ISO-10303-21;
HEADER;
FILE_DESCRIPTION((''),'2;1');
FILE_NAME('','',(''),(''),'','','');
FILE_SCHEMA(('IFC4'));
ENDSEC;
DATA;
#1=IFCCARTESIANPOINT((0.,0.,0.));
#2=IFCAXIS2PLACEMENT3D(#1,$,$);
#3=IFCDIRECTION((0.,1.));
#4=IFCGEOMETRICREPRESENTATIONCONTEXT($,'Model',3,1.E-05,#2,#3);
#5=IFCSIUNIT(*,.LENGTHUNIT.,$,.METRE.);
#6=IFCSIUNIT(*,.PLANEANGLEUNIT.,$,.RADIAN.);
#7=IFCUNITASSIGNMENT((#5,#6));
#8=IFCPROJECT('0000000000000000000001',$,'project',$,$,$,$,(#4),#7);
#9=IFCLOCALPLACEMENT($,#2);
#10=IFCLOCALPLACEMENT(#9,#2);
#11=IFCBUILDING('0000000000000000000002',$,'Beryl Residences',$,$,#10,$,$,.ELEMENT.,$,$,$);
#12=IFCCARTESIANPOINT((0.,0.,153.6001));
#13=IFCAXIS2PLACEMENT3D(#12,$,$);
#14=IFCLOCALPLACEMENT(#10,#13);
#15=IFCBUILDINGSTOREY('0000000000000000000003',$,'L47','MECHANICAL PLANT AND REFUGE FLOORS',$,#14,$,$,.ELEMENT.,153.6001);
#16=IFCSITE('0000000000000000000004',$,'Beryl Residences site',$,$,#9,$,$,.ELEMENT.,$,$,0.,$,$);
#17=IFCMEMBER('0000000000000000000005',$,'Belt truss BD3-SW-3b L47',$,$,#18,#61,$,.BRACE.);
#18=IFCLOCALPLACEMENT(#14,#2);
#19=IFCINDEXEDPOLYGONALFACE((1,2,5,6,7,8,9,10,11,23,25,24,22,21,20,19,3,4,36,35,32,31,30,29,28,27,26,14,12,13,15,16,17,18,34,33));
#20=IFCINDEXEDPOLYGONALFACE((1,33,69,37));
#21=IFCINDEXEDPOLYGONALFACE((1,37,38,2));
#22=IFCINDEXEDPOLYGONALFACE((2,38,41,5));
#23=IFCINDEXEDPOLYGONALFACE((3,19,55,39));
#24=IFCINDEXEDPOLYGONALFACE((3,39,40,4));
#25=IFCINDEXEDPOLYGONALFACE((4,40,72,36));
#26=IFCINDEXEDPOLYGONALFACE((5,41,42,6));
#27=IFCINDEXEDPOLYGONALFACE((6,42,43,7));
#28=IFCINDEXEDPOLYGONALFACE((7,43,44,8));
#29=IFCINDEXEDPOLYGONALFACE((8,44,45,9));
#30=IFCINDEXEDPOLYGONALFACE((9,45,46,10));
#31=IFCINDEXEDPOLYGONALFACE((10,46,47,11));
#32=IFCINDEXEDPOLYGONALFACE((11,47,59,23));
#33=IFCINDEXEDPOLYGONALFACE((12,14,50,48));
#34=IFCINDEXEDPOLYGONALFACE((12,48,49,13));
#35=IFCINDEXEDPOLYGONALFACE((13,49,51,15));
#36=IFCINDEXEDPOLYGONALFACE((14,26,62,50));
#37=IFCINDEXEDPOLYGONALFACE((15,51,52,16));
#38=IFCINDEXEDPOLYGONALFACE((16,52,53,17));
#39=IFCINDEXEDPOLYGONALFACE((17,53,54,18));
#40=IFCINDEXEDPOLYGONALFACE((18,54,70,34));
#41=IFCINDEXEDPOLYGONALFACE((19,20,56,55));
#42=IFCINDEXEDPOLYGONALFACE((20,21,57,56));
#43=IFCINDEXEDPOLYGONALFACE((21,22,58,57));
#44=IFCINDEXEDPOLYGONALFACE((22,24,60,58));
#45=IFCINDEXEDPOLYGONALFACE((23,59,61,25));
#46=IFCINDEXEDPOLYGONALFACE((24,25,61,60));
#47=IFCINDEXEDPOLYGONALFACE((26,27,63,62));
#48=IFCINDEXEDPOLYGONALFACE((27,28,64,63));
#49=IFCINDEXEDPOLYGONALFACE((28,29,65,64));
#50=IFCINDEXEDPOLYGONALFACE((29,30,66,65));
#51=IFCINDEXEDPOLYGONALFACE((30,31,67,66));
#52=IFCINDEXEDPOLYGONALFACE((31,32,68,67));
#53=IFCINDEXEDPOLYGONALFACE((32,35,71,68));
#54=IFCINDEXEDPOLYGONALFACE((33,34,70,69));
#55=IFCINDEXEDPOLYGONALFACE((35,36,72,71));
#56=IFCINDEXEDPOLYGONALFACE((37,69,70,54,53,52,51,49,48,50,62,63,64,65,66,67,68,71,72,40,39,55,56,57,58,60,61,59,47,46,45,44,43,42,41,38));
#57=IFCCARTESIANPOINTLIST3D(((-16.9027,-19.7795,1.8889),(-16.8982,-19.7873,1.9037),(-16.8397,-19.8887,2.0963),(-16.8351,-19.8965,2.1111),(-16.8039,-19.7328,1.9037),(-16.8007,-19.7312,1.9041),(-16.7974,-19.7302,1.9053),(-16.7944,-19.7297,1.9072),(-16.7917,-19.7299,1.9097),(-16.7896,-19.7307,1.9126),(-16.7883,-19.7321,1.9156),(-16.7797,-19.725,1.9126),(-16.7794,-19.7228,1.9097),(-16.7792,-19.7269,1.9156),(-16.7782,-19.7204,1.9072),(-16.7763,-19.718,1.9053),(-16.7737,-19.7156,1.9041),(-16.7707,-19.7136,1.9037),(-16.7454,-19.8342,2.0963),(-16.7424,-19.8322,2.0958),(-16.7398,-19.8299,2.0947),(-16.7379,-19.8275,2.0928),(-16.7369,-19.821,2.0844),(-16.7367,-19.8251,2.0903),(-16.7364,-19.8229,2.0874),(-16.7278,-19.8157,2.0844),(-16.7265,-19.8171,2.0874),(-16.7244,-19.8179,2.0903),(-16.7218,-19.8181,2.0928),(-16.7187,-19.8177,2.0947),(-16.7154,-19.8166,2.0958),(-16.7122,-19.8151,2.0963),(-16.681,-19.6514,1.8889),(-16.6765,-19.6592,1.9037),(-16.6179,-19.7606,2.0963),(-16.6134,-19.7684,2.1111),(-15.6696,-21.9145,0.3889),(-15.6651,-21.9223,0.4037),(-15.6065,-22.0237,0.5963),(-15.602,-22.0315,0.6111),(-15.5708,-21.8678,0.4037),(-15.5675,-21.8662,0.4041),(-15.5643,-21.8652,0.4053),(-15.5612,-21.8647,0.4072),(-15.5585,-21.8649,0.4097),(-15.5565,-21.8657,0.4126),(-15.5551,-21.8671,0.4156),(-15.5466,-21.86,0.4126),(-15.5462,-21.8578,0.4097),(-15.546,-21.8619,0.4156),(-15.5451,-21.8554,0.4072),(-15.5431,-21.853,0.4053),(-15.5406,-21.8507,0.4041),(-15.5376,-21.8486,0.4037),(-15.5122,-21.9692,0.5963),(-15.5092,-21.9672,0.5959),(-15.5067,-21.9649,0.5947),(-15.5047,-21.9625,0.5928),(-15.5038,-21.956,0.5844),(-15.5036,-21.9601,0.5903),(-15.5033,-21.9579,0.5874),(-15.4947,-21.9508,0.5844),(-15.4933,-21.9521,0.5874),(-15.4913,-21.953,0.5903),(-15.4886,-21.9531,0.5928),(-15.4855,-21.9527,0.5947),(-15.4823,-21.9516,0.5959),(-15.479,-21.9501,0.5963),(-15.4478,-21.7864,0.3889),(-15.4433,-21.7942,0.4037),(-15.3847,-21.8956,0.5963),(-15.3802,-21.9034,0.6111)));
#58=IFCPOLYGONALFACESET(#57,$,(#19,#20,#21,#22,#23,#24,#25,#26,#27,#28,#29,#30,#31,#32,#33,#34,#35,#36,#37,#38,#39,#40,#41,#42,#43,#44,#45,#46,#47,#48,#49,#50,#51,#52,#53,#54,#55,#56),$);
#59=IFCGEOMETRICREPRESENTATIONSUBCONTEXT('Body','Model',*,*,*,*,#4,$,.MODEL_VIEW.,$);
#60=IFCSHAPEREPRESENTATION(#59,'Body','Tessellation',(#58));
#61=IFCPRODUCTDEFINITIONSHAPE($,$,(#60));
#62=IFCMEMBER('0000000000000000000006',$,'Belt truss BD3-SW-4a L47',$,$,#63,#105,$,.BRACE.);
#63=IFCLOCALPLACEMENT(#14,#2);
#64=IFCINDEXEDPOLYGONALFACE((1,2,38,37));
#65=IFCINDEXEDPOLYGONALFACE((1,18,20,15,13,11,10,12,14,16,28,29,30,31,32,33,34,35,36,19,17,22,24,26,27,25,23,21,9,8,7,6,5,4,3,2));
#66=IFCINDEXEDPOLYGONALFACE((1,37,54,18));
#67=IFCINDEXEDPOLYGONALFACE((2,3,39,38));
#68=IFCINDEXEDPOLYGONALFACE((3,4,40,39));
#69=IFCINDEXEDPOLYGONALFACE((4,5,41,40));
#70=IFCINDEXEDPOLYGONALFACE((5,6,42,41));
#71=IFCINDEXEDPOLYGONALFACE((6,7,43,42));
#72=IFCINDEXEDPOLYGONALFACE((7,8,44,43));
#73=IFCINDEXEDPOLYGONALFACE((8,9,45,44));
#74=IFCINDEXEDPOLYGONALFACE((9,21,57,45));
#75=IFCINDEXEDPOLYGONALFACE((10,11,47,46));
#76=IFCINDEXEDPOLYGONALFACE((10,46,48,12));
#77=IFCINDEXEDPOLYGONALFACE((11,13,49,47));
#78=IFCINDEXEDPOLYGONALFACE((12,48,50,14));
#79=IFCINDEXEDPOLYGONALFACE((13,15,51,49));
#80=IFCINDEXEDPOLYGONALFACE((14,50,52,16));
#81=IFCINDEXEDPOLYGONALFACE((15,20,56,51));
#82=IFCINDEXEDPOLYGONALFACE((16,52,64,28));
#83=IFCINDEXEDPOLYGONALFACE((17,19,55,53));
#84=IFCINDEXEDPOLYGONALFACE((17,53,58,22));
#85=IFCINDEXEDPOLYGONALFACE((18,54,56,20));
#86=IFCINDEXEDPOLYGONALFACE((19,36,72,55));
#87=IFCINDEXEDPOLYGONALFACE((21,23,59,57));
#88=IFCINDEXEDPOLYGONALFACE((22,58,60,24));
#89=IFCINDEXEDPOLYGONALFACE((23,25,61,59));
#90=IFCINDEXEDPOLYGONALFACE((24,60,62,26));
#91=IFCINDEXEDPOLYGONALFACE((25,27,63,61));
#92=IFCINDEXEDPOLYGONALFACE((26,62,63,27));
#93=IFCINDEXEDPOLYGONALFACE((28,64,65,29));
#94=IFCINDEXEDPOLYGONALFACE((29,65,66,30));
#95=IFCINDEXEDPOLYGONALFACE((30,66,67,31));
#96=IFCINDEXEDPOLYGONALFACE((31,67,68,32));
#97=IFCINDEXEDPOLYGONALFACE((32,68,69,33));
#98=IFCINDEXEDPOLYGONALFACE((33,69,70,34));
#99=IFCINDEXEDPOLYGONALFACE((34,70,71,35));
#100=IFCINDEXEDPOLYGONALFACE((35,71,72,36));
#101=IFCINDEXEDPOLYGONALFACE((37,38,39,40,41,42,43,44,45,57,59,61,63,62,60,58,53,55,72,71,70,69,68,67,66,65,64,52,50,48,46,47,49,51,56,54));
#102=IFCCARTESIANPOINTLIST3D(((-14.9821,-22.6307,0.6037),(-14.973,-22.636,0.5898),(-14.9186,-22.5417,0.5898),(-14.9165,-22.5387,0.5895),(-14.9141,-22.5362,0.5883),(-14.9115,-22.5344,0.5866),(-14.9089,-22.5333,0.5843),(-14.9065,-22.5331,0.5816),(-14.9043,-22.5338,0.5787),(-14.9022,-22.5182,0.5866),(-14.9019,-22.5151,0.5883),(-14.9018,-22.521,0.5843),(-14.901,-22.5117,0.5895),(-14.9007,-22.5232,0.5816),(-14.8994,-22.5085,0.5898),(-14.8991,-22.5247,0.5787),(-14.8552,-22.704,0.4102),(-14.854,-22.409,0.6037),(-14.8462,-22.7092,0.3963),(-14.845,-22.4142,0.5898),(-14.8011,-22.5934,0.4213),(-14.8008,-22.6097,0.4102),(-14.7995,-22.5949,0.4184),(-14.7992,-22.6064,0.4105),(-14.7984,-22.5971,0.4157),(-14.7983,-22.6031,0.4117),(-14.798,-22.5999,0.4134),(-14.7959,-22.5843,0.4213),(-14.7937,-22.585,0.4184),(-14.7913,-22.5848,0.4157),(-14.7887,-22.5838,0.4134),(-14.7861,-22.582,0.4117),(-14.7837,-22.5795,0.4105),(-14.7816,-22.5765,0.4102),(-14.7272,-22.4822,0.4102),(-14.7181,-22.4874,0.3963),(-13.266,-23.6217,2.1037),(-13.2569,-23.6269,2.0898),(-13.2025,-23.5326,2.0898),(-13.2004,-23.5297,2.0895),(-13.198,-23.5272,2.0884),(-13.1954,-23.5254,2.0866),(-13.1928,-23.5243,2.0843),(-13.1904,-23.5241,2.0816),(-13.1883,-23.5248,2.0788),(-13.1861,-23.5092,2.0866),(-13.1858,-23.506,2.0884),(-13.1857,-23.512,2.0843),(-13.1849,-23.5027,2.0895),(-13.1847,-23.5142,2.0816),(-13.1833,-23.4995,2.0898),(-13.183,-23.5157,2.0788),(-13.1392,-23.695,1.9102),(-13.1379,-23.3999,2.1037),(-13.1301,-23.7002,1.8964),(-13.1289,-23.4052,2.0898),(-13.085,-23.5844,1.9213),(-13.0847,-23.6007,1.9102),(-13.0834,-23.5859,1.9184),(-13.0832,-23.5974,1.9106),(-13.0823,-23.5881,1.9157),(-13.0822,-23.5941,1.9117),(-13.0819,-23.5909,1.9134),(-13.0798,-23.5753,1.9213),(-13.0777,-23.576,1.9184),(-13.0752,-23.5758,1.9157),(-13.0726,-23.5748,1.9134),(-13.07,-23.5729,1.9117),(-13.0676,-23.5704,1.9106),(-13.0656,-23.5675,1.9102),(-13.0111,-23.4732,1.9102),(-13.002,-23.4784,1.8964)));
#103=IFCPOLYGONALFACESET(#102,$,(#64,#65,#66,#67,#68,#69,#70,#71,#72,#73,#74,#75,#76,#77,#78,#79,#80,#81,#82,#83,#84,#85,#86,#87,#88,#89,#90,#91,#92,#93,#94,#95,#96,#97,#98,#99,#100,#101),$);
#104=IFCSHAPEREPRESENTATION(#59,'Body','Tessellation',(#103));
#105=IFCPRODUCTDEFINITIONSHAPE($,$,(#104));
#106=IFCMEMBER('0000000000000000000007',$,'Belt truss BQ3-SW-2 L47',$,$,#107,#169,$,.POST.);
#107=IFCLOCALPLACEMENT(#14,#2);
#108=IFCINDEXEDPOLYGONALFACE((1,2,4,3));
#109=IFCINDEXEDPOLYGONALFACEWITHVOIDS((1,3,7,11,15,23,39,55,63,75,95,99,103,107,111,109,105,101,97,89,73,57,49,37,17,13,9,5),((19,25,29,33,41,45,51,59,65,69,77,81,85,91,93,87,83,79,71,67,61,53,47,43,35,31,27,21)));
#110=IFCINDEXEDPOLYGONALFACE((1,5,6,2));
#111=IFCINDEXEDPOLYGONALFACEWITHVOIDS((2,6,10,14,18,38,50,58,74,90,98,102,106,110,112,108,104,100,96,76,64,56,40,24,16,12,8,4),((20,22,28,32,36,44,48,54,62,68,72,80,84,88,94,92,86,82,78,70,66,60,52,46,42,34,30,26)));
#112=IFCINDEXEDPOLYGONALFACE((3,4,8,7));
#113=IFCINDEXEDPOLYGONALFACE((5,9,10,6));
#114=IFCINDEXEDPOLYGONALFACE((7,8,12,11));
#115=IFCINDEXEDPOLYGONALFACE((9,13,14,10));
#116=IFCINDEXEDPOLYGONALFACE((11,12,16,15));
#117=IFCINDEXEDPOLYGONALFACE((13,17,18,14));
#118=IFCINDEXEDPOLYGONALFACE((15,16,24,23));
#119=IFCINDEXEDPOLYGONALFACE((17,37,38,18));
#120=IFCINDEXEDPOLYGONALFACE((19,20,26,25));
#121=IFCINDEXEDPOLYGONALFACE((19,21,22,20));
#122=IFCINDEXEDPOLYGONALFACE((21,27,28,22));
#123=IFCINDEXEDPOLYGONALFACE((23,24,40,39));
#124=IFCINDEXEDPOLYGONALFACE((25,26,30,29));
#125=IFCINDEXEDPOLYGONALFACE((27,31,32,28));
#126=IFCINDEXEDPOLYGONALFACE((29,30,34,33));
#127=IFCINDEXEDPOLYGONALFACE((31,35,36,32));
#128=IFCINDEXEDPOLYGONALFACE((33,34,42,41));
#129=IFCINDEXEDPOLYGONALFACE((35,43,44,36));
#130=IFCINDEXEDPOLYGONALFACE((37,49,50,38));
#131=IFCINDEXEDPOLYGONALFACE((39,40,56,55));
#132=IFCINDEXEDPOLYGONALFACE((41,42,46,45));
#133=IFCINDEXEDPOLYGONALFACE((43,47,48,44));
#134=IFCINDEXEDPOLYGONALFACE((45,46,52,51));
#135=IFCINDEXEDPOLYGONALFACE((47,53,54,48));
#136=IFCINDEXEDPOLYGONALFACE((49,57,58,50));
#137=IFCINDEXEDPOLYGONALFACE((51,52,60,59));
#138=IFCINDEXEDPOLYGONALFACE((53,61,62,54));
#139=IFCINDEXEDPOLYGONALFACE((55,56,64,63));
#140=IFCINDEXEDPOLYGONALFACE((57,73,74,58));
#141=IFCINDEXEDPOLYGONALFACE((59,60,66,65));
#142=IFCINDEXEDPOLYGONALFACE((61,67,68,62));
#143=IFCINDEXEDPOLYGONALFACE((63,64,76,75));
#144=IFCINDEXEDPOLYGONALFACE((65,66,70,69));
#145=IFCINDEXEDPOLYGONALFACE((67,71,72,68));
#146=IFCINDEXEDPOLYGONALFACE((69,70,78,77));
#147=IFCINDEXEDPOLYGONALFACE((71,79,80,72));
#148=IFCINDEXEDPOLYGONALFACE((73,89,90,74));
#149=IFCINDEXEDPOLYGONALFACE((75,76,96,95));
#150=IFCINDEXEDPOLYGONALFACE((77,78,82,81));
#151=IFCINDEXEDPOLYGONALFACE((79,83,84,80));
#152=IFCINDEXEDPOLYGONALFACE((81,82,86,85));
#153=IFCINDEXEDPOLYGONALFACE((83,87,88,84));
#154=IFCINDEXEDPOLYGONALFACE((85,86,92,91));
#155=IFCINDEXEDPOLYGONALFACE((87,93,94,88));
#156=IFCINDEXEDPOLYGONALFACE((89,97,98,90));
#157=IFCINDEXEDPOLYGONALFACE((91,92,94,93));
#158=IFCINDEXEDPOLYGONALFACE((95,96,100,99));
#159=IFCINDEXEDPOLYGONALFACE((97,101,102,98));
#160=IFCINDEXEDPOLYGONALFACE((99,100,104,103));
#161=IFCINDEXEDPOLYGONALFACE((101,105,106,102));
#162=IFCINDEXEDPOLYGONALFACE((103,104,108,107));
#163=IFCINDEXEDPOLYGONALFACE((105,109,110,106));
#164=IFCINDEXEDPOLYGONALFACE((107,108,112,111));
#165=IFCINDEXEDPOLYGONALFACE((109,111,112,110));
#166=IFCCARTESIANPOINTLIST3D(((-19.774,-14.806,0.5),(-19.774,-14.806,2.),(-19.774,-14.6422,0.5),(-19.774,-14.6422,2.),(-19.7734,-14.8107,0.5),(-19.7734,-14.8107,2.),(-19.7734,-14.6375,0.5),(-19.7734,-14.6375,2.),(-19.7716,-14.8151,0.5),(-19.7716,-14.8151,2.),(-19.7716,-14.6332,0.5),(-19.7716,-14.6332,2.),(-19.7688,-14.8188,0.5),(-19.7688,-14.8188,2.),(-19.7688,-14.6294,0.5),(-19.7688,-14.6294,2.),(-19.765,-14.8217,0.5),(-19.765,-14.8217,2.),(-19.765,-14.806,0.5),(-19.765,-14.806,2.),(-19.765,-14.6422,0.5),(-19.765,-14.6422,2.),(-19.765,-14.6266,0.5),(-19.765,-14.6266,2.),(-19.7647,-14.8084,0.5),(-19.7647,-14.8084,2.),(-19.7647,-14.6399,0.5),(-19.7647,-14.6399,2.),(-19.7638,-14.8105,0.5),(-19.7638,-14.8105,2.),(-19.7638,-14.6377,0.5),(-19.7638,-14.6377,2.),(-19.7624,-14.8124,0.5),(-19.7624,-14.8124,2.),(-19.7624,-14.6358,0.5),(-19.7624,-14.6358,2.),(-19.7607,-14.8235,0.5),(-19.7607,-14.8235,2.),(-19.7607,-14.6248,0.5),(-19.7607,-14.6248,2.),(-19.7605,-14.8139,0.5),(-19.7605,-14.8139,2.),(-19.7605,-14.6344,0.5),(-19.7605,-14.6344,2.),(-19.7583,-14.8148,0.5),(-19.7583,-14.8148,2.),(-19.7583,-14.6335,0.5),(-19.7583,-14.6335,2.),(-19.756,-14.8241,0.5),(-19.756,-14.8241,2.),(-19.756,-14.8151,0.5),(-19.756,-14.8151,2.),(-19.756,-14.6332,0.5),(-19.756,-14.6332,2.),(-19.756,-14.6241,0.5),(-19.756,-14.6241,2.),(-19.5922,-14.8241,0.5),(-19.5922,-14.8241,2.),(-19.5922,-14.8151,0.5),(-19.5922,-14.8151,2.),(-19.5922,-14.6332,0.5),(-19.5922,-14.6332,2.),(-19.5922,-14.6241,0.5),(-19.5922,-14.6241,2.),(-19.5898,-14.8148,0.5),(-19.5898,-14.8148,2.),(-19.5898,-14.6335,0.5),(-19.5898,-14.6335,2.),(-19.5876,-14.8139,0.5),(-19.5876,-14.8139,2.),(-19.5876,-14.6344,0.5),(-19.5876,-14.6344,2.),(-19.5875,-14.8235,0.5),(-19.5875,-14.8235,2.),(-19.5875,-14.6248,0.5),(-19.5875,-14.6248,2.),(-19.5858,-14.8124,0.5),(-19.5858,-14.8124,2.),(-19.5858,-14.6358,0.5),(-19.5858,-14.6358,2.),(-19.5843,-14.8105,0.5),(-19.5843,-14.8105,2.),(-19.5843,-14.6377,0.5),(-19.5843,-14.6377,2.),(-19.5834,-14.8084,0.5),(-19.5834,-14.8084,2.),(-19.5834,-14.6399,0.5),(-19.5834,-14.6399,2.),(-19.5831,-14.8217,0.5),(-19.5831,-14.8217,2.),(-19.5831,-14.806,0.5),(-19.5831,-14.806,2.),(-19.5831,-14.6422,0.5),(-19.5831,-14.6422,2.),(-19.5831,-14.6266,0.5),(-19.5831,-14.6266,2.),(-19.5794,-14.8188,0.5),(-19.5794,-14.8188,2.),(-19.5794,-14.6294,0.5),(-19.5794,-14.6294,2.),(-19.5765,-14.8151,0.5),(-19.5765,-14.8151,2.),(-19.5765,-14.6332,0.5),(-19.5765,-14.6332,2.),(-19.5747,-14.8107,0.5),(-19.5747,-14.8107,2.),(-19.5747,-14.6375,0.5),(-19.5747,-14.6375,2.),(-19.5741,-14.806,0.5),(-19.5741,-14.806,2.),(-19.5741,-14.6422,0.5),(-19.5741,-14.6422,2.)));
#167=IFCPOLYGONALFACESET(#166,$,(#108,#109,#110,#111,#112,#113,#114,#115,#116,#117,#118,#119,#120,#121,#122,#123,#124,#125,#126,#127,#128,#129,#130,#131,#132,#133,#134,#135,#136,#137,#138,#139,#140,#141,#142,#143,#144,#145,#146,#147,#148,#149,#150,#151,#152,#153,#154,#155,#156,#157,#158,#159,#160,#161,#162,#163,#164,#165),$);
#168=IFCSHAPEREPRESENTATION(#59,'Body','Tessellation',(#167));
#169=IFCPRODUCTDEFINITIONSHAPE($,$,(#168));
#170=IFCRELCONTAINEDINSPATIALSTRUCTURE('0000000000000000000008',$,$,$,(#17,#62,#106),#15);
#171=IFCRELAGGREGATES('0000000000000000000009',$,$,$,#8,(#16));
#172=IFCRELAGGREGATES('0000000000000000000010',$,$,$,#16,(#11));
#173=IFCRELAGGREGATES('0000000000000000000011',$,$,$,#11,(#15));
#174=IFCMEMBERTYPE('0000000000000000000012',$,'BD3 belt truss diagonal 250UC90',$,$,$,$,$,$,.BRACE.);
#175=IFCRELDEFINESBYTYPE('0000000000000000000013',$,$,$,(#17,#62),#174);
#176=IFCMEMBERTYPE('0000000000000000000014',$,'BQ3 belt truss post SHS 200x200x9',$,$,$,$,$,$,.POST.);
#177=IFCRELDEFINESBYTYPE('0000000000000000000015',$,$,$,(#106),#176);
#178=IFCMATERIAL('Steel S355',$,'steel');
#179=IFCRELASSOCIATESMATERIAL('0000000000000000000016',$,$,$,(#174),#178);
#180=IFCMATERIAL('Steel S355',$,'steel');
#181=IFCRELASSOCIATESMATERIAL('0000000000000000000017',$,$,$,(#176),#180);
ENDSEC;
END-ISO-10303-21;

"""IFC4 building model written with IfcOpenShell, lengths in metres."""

from ifc_helpers import new_model, si_unit, direction, frame, origin, origin_2d, place, context, subcontext, project, spatial, hollow_rectangle, i_section, extrude, material, material_profile, profile_set, type_object, element, save


model = new_model("IFC4")

# Units and contexts
model_context = context("Model", 3, precision=1e-05, world=origin(), true_north=direction((0.0, 1.0)))
body_context = subcontext(model_context, "Body", "Model", "MODEL_VIEW")
ifc_project = project(units=[si_unit("LENGTHUNIT", "METRE"), si_unit("PLANEANGLEUNIT", "RADIAN")], contexts=[model_context])

# Site, building, storey
site_placement = place(None, origin())
site = spatial("IfcSite", under=ifc_project, at=site_placement, Name="Beryl Residences site", CompositionType="ELEMENT", RefElevation=0.0)
building_placement = place(site_placement, origin())
building = spatial("IfcBuilding", under=site, at=building_placement, Name="Beryl Residences", CompositionType="ELEMENT")
storey_placement = place(building_placement, frame((0.0, 0.0, 153.6001)))
storey = spatial("IfcBuildingStorey", under=building, at=storey_placement, Name="L47", Description="MECHANICAL PLANT AND REFUGE FLOORS", CompositionType="ELEMENT", Elevation=153.6001)

# Members
ifc_material_1 = material(Name="Steel S355", Category="steel")
ifc_material_profile_1 = material_profile(ifc_material_1, i_section(OverallWidth=0.2561, OverallDepth=0.26, WebThickness=0.0105, FlangeThickness=0.0173, FilletRadius=0.0139, at=origin_2d()))
ifc_profile_set_1 = profile_set([ifc_material_profile_1], Name="Steel S355")
member_type_1 = type_object("IfcMemberType", Name="BD3 belt truss diagonal 250UC90", PredefinedType="BRACE", material=ifc_profile_set_1)
for number, where, z_axis, x_axis, name in (
    (1, (-15.5249, -21.9089, 0.5), (-0.42729, 0.739784, 0.519752), (-0.865937, -0.500154, 0.0), "Belt truss BD3-SW-3b L47"),
):
    element("IfcMember", number, at=place(storey_placement, frame(where, z_axis=z_axis, x_axis=x_axis)), inside=storey, type_object=member_type_1, Name=name, PredefinedType="BRACE", context=body_context, shape_type="SweptSolid", body=[
        extrude(i_section(OverallWidth=0.2561, OverallDepth=0.26, WebThickness=0.0105, FlangeThickness=0.0173, FilletRadius=0.0139, at=origin_2d()), origin(), (0.0, 0.0, 1.0), 2.886),
    ])
member_1_placement = place(storey_placement, frame((-14.8501, -22.5591, 0.5), z_axis=(0.690476, -0.398726, 0.60354), x_axis=(0.500074, 0.865982, 0.0)))
element("IfcMember", 2, at=member_1_placement, inside=storey, type_object=member_type_1, Name="Belt truss BD3-SW-4a L47", PredefinedType="BRACE", context=body_context, shape_type="SweptSolid", body=[
    extrude(i_section(OverallWidth=0.2561, OverallDepth=0.26, WebThickness=0.0105, FlangeThickness=0.0173, FilletRadius=0.0139, at=origin_2d()), origin(), (0.0, 0.0, 1.0), 2.4854),
])
ifc_material_2 = material(Name="Steel S355", Category="steel")
ifc_material_profile_2 = material_profile(ifc_material_2, hollow_rectangle(XDim=0.2, YDim=0.2, WallThickness=0.009, InnerFilletRadius=0.009, OuterFilletRadius=0.0181, at=origin_2d()))
ifc_profile_set_2 = profile_set([ifc_material_profile_2], Name="Steel S355")
member_type_2 = type_object("IfcMemberType", Name="BQ3 belt truss post SHS 200x200x9", PredefinedType="POST", material=ifc_profile_set_2)
for number, where, z_axis, x_axis, name in (
    (3, (-19.6741, -14.7241, 0.5), (0.0, 0.0, 1.0), (1.0, 0.0, 0.0), "Belt truss BQ3-SW-2 L47"),
):
    element("IfcMember", number, at=place(storey_placement, frame(where, z_axis=z_axis, x_axis=x_axis)), inside=storey, type_object=member_type_2, Name=name, PredefinedType="POST", context=body_context, shape_type="SweptSolid", body=[
        extrude(hollow_rectangle(XDim=0.2, YDim=0.2, WallThickness=0.009, InnerFilletRadius=0.009, OuterFilletRadius=0.0181, at=origin_2d()), origin(), (0.0, 0.0, 1.0), 1.5),
    ])

save(model, "model.ifc")
